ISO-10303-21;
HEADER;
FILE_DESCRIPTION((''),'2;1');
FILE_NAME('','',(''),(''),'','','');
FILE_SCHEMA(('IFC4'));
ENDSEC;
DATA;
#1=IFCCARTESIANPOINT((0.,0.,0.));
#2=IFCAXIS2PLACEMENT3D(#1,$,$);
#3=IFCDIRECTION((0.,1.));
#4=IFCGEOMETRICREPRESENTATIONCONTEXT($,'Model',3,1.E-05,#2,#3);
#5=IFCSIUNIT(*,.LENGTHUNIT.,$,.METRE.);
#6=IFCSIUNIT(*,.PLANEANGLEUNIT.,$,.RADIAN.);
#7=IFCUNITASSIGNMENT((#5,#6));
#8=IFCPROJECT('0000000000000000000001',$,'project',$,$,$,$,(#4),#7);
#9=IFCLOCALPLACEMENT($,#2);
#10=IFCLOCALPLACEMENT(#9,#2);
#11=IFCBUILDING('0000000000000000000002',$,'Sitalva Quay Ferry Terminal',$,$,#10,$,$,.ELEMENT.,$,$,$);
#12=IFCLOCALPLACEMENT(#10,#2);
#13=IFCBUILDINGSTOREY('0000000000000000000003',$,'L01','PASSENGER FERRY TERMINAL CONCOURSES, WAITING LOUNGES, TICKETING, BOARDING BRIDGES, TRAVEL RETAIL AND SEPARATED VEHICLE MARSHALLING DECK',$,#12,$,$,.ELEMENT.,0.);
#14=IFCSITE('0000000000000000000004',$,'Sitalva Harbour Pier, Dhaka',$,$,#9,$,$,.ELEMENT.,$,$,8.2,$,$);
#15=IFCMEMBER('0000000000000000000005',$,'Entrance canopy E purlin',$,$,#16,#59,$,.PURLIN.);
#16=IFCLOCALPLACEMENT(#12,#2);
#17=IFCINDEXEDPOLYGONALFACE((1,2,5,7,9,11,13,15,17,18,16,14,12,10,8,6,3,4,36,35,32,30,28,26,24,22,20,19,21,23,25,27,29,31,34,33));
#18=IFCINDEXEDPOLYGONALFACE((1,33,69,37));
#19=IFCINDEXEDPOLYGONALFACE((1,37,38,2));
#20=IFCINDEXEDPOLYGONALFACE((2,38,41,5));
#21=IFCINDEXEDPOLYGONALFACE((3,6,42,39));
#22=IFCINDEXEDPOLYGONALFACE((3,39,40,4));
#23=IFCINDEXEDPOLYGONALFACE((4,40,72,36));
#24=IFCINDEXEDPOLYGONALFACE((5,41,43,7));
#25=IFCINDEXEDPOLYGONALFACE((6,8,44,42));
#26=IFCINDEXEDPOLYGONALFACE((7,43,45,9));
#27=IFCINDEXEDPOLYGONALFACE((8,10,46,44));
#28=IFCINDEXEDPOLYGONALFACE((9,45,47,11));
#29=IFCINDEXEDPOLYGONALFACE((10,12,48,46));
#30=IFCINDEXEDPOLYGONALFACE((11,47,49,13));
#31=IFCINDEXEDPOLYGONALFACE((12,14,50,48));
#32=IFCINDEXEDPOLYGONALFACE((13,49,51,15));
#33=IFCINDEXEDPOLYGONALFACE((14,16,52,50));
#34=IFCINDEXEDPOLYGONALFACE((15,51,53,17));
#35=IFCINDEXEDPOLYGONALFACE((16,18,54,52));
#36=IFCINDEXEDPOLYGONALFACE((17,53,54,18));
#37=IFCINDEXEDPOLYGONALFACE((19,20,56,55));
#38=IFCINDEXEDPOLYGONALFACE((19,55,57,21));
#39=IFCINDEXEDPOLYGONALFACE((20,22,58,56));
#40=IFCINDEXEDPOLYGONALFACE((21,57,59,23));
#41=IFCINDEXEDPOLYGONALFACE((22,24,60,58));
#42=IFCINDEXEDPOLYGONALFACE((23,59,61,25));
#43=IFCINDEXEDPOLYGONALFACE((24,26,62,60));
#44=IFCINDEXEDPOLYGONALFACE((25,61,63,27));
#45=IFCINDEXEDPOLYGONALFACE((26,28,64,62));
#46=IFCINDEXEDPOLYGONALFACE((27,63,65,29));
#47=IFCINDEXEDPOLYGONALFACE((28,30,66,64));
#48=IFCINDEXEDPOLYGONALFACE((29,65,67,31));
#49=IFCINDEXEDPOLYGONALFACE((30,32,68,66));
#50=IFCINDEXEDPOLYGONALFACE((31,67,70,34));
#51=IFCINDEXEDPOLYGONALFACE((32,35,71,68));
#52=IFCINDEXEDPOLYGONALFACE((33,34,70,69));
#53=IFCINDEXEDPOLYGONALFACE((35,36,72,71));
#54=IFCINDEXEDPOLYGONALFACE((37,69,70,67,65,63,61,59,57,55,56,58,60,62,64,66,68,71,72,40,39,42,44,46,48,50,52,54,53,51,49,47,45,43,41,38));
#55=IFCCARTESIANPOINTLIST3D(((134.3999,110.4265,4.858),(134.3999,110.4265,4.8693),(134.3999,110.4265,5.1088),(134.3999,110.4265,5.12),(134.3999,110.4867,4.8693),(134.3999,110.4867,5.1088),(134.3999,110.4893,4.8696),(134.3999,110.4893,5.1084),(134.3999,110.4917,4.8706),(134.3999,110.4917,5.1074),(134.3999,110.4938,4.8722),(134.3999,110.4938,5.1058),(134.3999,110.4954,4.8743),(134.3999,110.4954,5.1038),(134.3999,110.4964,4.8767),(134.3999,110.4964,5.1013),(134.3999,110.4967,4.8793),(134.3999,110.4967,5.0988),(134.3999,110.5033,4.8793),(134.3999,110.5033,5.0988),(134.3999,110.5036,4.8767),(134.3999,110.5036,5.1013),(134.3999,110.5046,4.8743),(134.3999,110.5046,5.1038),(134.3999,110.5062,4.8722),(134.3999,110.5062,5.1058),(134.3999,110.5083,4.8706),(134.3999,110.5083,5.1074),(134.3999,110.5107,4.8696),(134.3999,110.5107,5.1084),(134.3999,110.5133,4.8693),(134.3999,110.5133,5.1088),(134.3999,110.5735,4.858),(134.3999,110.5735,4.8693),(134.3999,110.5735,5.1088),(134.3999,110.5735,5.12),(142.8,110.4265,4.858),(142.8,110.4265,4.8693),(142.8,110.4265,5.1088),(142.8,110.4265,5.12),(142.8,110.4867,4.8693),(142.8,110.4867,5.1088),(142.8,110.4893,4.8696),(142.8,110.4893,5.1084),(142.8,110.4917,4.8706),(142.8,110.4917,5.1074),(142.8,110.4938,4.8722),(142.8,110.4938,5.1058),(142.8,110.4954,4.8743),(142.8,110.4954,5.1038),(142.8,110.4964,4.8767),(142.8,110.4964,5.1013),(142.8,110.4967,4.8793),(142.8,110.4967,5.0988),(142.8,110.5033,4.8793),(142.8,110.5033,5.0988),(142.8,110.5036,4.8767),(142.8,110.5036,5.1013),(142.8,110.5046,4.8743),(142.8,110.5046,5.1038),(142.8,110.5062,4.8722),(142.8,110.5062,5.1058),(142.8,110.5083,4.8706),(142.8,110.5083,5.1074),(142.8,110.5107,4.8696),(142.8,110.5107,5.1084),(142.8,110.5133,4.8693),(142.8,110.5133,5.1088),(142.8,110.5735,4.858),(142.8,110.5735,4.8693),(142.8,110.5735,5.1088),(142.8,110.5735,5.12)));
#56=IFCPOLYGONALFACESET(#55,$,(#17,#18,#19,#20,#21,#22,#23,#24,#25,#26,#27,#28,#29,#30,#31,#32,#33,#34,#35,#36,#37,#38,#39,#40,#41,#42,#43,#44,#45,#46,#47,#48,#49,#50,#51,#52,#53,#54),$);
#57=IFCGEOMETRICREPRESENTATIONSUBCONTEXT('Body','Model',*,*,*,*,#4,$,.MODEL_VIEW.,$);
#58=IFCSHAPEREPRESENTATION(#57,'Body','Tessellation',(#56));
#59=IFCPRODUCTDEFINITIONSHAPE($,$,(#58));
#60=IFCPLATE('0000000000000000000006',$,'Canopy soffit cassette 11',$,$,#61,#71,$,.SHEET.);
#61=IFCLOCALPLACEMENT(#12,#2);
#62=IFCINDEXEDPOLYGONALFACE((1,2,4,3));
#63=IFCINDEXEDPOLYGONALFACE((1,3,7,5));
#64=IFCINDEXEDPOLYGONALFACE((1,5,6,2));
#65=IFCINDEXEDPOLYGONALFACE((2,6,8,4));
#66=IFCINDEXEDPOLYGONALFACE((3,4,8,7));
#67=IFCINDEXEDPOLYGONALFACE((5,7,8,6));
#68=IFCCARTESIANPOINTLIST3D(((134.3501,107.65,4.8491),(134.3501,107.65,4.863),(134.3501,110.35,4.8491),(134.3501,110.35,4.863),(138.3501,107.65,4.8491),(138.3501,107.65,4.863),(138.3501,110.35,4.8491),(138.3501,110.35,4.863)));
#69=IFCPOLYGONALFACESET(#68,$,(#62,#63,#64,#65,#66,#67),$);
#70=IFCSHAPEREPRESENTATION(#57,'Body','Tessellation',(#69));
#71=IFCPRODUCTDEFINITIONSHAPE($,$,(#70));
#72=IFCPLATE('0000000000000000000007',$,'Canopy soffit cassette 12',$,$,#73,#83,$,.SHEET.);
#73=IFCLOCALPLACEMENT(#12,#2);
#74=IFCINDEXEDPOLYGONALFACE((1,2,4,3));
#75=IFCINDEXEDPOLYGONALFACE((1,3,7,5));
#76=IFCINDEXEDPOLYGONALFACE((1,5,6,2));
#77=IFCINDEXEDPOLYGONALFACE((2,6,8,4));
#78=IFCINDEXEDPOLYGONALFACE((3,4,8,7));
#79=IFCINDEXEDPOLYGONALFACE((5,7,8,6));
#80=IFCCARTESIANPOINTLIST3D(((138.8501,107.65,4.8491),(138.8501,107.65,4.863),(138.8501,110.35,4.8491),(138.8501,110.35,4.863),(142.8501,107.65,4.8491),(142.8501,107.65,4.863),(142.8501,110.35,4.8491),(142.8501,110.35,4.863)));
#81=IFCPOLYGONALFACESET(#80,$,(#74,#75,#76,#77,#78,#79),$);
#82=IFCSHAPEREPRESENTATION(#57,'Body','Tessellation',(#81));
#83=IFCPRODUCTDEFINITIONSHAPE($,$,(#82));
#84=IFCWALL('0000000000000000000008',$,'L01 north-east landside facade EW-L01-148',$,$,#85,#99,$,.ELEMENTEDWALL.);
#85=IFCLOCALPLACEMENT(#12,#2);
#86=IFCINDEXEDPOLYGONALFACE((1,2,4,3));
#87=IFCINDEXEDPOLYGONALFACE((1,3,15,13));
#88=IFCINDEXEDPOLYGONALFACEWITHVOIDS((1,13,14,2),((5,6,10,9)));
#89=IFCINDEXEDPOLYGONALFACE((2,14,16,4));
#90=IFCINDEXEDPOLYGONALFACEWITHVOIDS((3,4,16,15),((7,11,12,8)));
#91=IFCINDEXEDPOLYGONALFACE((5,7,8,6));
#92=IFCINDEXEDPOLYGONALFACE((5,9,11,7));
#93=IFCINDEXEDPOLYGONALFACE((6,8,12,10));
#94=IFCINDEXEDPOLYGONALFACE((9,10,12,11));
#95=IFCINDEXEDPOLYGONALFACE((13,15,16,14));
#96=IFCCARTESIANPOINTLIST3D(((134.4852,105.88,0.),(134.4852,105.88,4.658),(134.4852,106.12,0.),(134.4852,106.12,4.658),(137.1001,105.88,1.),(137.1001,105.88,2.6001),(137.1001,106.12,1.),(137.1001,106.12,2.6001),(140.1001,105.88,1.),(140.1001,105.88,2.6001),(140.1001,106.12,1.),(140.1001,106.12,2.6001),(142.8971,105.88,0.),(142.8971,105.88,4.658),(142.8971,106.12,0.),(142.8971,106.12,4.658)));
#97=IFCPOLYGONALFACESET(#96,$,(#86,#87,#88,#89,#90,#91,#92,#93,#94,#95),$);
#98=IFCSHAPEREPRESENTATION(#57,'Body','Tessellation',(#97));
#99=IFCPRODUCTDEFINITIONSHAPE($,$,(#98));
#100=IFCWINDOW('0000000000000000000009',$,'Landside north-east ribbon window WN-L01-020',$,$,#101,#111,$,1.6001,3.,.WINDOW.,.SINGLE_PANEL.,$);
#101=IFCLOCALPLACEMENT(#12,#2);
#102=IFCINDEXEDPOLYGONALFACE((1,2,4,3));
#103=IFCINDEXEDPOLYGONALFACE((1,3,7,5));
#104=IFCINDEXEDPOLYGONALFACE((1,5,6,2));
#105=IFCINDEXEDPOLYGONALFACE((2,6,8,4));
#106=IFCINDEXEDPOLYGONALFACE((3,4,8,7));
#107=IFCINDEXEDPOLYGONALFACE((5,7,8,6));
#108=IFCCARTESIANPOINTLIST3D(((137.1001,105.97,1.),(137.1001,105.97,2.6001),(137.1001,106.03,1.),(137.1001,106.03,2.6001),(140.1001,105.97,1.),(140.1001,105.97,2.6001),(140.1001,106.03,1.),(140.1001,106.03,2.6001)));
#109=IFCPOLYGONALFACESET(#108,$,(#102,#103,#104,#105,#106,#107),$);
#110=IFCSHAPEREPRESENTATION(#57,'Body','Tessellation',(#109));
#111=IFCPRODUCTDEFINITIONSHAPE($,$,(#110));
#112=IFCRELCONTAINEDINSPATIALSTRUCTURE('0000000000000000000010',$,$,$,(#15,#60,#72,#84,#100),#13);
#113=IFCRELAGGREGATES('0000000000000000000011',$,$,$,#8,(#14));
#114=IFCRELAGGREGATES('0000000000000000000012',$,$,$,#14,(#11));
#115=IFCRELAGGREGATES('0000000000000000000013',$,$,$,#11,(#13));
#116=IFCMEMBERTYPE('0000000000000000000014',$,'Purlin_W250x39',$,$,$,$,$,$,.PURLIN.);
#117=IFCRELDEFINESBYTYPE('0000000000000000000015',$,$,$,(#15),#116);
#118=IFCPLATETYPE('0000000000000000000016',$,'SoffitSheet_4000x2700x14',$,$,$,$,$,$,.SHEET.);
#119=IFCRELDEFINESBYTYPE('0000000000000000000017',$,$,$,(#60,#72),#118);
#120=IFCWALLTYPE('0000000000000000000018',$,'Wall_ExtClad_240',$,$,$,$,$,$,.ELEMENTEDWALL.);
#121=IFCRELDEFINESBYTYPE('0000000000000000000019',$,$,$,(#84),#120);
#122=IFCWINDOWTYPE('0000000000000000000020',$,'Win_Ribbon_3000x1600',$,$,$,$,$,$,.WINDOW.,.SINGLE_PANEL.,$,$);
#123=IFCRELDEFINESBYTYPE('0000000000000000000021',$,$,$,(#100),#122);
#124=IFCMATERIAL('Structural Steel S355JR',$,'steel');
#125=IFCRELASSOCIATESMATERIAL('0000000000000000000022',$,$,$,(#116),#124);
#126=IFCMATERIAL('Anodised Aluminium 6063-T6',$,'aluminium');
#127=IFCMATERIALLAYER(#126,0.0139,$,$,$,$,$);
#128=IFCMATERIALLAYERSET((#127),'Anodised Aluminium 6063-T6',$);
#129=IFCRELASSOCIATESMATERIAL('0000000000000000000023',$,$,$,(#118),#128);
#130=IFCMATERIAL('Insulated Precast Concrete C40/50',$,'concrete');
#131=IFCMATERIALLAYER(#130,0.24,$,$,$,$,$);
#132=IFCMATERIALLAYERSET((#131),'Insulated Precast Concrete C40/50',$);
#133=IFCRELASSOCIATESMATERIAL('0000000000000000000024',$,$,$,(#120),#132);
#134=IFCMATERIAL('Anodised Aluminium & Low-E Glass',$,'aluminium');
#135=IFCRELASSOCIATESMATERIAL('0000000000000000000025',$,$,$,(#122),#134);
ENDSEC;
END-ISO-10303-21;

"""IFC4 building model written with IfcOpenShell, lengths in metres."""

from ifc_helpers import new_model, si_unit, direction, frame, frame_2d, origin, origin_2d, place, context, subcontext, project, spatial, rectangle, i_section, extrude, material, layer, layer_set, material_profile, profile_set, type_object, element, fill, save


model = new_model("IFC4")

# Units and contexts
model_context = context("Model", 3, precision=1e-05, world=origin(), true_north=direction((0.0, 1.0)))
body_context = subcontext(model_context, "Body", "Model", "MODEL_VIEW")
ifc_project = project(units=[si_unit("LENGTHUNIT", "METRE"), si_unit("PLANEANGLEUNIT", "RADIAN")], contexts=[model_context])

# Site, building, storey
site_placement = place(None, origin())
site = spatial("IfcSite", under=ifc_project, at=site_placement, Name="Sitalva Harbour Pier, Dhaka", CompositionType="ELEMENT", RefElevation=8.2)
building_placement = place(site_placement, origin())
building = spatial("IfcBuilding", under=site, at=building_placement, Name="Sitalva Quay Ferry Terminal", CompositionType="ELEMENT")
storey_placement = place(building_placement, origin())
storey = spatial("IfcBuildingStorey", under=building, at=storey_placement, Name="L01", Description="PASSENGER FERRY TERMINAL CONCOURSES, WAITING LOUNGES, TICKETING, BOARDING BRIDGES, TRAVEL RETAIL AND SEPARATED VEHICLE MARSHALLING DECK", CompositionType="ELEMENT", Elevation=0.0)

# Member
ifc_material_1 = material(Name="Structural Steel S355JR", Category="steel")
ifc_material_profile_1 = material_profile(ifc_material_1, i_section(OverallWidth=0.147, OverallDepth=0.262, WebThickness=0.0066, FlangeThickness=0.0112, FilletRadius=0.01, at=origin_2d()), Name="W250x39")
ifc_profile_set_1 = profile_set([ifc_material_profile_1], Name="Structural Steel S355JR")
member_type = type_object("IfcMemberType", Name="Purlin_W250x39", PredefinedType="PURLIN", material=ifc_profile_set_1)
for number, where, z_axis, x_axis, name in (
    (1, (134.3999, 110.5, 4.989), (1.0, 0.0, 0.0), (0.0, 1.0, 0.0), "Entrance canopy E purlin"),
):
    element("IfcMember", number, at=place(storey_placement, frame(where, z_axis=z_axis, x_axis=x_axis)), inside=storey, type_object=member_type, Name=name, PredefinedType="PURLIN", context=body_context, shape_type="SweptSolid", body=[
        extrude(i_section(OverallWidth=0.147, OverallDepth=0.262, WebThickness=0.0066, FlangeThickness=0.0112, FilletRadius=0.01, at=origin_2d()), origin(), (0.0, 0.0, 1.0), 8.4001),
    ])

# Plates
ifc_material_2 = material(Name="Anodised Aluminium 6063-T6", Category="aluminium")
ifc_layer_1 = layer(ifc_material_2, 0.0139)
ifc_layer_set_1 = layer_set([ifc_layer_1], Name="Anodised Aluminium 6063-T6")
plate_type = type_object("IfcPlateType", Name="SoffitSheet_4000x2700x14", PredefinedType="SHEET", material=ifc_layer_set_1)
for number, where, z_axis, x_axis, name in (
    (2, (136.3501, 109.0, 4.8491), (0.0, 0.0, 1.0), (1.0, 0.0, 0.0), "Canopy soffit cassette 11"),
    (3, (140.8501, 109.0, 4.8491), (0.0, 0.0, 1.0), (1.0, 0.0, 0.0), "Canopy soffit cassette 12"),
):
    element("IfcPlate", number, at=place(storey_placement, frame(where, z_axis=z_axis, x_axis=x_axis)), inside=storey, type_object=plate_type, Name=name, PredefinedType="SHEET", context=body_context, shape_type="SweptSolid", body=[
        extrude(rectangle(XDim=4.0, YDim=2.7, at=origin_2d()), origin(), (0.0, 0.0, 1.0), 0.0139),
    ])

# Wall, opening, window
ifc_material_3 = material(Name="Insulated Precast Concrete C40/50", Category="concrete")
ifc_layer_2 = layer(ifc_material_3, 0.24)
ifc_layer_set_2 = layer_set([ifc_layer_2], Name="Insulated Precast Concrete C40/50")
wall_type = type_object("IfcWallType", Name="Wall_ExtClad_240", PredefinedType="ELEMENTEDWALL", material=ifc_layer_set_2)
wall_placement = place(storey_placement, frame((134.4851, 106.0, 0.0), z_axis=(0.0, 0.0, 1.0), x_axis=(1.0, 0.0, 0.0)))
wall = element("IfcWall", 4, at=wall_placement, inside=storey, type_object=wall_type, Name="L01 north-east landside facade EW-L01-148", PredefinedType="ELEMENTEDWALL", context=body_context, shape_type="SweptSolid", body=[
    extrude(rectangle(XDim=8.4119, YDim=0.24, at=frame_2d((4.2061, 0.0))), origin(), (0.0, 0.0, 1.0), 4.658),
])
opening_placement = place(wall_placement, frame((2.615, 0.0, 1.0)))
opening = element("IfcOpeningElement", 5, at=opening_placement, cuts=wall, PredefinedType="OPENING", context=body_context, shape_type="SweptSolid", body=[
    extrude(rectangle(XDim=3.0, YDim=1.6001, at=frame_2d((1.5, 0.8))), frame((0.0, 0.1299, 0.0), z_axis=(0.0, -1.0, 0.0), x_axis=(1.0, 0.0, 0.0)), (0.0, 0.0, 1.0), 0.26),
])
ifc_material_4 = material(Name="Anodised Aluminium & Low-E Glass", Category="aluminium")
window_type = type_object("IfcWindowType", Name="Win_Ribbon_3000x1600", PartitioningType="SINGLE_PANEL", PredefinedType="WINDOW", material=ifc_material_4)
window_placement = place(opening_placement, origin())
window = element("IfcWindow", 6, at=window_placement, inside=storey, type_object=window_type, Name="Landside north-east ribbon window WN-L01-020", OverallHeight=1.6001, OverallWidth=3.0, PartitioningType="SINGLE_PANEL", PredefinedType="WINDOW", context=body_context, shape_type="SweptSolid", body=[
    extrude(rectangle(XDim=3.0, YDim=1.6001, at=frame_2d((1.5, 0.8))), frame((0.0, 0.03, 0.0), z_axis=(0.0, -1.0, 0.0), x_axis=(1.0, 0.0, 0.0)), (0.0, 0.0, 1.0), 0.0601),
])
fill(opening, window)

save(model, "model.ifc")
